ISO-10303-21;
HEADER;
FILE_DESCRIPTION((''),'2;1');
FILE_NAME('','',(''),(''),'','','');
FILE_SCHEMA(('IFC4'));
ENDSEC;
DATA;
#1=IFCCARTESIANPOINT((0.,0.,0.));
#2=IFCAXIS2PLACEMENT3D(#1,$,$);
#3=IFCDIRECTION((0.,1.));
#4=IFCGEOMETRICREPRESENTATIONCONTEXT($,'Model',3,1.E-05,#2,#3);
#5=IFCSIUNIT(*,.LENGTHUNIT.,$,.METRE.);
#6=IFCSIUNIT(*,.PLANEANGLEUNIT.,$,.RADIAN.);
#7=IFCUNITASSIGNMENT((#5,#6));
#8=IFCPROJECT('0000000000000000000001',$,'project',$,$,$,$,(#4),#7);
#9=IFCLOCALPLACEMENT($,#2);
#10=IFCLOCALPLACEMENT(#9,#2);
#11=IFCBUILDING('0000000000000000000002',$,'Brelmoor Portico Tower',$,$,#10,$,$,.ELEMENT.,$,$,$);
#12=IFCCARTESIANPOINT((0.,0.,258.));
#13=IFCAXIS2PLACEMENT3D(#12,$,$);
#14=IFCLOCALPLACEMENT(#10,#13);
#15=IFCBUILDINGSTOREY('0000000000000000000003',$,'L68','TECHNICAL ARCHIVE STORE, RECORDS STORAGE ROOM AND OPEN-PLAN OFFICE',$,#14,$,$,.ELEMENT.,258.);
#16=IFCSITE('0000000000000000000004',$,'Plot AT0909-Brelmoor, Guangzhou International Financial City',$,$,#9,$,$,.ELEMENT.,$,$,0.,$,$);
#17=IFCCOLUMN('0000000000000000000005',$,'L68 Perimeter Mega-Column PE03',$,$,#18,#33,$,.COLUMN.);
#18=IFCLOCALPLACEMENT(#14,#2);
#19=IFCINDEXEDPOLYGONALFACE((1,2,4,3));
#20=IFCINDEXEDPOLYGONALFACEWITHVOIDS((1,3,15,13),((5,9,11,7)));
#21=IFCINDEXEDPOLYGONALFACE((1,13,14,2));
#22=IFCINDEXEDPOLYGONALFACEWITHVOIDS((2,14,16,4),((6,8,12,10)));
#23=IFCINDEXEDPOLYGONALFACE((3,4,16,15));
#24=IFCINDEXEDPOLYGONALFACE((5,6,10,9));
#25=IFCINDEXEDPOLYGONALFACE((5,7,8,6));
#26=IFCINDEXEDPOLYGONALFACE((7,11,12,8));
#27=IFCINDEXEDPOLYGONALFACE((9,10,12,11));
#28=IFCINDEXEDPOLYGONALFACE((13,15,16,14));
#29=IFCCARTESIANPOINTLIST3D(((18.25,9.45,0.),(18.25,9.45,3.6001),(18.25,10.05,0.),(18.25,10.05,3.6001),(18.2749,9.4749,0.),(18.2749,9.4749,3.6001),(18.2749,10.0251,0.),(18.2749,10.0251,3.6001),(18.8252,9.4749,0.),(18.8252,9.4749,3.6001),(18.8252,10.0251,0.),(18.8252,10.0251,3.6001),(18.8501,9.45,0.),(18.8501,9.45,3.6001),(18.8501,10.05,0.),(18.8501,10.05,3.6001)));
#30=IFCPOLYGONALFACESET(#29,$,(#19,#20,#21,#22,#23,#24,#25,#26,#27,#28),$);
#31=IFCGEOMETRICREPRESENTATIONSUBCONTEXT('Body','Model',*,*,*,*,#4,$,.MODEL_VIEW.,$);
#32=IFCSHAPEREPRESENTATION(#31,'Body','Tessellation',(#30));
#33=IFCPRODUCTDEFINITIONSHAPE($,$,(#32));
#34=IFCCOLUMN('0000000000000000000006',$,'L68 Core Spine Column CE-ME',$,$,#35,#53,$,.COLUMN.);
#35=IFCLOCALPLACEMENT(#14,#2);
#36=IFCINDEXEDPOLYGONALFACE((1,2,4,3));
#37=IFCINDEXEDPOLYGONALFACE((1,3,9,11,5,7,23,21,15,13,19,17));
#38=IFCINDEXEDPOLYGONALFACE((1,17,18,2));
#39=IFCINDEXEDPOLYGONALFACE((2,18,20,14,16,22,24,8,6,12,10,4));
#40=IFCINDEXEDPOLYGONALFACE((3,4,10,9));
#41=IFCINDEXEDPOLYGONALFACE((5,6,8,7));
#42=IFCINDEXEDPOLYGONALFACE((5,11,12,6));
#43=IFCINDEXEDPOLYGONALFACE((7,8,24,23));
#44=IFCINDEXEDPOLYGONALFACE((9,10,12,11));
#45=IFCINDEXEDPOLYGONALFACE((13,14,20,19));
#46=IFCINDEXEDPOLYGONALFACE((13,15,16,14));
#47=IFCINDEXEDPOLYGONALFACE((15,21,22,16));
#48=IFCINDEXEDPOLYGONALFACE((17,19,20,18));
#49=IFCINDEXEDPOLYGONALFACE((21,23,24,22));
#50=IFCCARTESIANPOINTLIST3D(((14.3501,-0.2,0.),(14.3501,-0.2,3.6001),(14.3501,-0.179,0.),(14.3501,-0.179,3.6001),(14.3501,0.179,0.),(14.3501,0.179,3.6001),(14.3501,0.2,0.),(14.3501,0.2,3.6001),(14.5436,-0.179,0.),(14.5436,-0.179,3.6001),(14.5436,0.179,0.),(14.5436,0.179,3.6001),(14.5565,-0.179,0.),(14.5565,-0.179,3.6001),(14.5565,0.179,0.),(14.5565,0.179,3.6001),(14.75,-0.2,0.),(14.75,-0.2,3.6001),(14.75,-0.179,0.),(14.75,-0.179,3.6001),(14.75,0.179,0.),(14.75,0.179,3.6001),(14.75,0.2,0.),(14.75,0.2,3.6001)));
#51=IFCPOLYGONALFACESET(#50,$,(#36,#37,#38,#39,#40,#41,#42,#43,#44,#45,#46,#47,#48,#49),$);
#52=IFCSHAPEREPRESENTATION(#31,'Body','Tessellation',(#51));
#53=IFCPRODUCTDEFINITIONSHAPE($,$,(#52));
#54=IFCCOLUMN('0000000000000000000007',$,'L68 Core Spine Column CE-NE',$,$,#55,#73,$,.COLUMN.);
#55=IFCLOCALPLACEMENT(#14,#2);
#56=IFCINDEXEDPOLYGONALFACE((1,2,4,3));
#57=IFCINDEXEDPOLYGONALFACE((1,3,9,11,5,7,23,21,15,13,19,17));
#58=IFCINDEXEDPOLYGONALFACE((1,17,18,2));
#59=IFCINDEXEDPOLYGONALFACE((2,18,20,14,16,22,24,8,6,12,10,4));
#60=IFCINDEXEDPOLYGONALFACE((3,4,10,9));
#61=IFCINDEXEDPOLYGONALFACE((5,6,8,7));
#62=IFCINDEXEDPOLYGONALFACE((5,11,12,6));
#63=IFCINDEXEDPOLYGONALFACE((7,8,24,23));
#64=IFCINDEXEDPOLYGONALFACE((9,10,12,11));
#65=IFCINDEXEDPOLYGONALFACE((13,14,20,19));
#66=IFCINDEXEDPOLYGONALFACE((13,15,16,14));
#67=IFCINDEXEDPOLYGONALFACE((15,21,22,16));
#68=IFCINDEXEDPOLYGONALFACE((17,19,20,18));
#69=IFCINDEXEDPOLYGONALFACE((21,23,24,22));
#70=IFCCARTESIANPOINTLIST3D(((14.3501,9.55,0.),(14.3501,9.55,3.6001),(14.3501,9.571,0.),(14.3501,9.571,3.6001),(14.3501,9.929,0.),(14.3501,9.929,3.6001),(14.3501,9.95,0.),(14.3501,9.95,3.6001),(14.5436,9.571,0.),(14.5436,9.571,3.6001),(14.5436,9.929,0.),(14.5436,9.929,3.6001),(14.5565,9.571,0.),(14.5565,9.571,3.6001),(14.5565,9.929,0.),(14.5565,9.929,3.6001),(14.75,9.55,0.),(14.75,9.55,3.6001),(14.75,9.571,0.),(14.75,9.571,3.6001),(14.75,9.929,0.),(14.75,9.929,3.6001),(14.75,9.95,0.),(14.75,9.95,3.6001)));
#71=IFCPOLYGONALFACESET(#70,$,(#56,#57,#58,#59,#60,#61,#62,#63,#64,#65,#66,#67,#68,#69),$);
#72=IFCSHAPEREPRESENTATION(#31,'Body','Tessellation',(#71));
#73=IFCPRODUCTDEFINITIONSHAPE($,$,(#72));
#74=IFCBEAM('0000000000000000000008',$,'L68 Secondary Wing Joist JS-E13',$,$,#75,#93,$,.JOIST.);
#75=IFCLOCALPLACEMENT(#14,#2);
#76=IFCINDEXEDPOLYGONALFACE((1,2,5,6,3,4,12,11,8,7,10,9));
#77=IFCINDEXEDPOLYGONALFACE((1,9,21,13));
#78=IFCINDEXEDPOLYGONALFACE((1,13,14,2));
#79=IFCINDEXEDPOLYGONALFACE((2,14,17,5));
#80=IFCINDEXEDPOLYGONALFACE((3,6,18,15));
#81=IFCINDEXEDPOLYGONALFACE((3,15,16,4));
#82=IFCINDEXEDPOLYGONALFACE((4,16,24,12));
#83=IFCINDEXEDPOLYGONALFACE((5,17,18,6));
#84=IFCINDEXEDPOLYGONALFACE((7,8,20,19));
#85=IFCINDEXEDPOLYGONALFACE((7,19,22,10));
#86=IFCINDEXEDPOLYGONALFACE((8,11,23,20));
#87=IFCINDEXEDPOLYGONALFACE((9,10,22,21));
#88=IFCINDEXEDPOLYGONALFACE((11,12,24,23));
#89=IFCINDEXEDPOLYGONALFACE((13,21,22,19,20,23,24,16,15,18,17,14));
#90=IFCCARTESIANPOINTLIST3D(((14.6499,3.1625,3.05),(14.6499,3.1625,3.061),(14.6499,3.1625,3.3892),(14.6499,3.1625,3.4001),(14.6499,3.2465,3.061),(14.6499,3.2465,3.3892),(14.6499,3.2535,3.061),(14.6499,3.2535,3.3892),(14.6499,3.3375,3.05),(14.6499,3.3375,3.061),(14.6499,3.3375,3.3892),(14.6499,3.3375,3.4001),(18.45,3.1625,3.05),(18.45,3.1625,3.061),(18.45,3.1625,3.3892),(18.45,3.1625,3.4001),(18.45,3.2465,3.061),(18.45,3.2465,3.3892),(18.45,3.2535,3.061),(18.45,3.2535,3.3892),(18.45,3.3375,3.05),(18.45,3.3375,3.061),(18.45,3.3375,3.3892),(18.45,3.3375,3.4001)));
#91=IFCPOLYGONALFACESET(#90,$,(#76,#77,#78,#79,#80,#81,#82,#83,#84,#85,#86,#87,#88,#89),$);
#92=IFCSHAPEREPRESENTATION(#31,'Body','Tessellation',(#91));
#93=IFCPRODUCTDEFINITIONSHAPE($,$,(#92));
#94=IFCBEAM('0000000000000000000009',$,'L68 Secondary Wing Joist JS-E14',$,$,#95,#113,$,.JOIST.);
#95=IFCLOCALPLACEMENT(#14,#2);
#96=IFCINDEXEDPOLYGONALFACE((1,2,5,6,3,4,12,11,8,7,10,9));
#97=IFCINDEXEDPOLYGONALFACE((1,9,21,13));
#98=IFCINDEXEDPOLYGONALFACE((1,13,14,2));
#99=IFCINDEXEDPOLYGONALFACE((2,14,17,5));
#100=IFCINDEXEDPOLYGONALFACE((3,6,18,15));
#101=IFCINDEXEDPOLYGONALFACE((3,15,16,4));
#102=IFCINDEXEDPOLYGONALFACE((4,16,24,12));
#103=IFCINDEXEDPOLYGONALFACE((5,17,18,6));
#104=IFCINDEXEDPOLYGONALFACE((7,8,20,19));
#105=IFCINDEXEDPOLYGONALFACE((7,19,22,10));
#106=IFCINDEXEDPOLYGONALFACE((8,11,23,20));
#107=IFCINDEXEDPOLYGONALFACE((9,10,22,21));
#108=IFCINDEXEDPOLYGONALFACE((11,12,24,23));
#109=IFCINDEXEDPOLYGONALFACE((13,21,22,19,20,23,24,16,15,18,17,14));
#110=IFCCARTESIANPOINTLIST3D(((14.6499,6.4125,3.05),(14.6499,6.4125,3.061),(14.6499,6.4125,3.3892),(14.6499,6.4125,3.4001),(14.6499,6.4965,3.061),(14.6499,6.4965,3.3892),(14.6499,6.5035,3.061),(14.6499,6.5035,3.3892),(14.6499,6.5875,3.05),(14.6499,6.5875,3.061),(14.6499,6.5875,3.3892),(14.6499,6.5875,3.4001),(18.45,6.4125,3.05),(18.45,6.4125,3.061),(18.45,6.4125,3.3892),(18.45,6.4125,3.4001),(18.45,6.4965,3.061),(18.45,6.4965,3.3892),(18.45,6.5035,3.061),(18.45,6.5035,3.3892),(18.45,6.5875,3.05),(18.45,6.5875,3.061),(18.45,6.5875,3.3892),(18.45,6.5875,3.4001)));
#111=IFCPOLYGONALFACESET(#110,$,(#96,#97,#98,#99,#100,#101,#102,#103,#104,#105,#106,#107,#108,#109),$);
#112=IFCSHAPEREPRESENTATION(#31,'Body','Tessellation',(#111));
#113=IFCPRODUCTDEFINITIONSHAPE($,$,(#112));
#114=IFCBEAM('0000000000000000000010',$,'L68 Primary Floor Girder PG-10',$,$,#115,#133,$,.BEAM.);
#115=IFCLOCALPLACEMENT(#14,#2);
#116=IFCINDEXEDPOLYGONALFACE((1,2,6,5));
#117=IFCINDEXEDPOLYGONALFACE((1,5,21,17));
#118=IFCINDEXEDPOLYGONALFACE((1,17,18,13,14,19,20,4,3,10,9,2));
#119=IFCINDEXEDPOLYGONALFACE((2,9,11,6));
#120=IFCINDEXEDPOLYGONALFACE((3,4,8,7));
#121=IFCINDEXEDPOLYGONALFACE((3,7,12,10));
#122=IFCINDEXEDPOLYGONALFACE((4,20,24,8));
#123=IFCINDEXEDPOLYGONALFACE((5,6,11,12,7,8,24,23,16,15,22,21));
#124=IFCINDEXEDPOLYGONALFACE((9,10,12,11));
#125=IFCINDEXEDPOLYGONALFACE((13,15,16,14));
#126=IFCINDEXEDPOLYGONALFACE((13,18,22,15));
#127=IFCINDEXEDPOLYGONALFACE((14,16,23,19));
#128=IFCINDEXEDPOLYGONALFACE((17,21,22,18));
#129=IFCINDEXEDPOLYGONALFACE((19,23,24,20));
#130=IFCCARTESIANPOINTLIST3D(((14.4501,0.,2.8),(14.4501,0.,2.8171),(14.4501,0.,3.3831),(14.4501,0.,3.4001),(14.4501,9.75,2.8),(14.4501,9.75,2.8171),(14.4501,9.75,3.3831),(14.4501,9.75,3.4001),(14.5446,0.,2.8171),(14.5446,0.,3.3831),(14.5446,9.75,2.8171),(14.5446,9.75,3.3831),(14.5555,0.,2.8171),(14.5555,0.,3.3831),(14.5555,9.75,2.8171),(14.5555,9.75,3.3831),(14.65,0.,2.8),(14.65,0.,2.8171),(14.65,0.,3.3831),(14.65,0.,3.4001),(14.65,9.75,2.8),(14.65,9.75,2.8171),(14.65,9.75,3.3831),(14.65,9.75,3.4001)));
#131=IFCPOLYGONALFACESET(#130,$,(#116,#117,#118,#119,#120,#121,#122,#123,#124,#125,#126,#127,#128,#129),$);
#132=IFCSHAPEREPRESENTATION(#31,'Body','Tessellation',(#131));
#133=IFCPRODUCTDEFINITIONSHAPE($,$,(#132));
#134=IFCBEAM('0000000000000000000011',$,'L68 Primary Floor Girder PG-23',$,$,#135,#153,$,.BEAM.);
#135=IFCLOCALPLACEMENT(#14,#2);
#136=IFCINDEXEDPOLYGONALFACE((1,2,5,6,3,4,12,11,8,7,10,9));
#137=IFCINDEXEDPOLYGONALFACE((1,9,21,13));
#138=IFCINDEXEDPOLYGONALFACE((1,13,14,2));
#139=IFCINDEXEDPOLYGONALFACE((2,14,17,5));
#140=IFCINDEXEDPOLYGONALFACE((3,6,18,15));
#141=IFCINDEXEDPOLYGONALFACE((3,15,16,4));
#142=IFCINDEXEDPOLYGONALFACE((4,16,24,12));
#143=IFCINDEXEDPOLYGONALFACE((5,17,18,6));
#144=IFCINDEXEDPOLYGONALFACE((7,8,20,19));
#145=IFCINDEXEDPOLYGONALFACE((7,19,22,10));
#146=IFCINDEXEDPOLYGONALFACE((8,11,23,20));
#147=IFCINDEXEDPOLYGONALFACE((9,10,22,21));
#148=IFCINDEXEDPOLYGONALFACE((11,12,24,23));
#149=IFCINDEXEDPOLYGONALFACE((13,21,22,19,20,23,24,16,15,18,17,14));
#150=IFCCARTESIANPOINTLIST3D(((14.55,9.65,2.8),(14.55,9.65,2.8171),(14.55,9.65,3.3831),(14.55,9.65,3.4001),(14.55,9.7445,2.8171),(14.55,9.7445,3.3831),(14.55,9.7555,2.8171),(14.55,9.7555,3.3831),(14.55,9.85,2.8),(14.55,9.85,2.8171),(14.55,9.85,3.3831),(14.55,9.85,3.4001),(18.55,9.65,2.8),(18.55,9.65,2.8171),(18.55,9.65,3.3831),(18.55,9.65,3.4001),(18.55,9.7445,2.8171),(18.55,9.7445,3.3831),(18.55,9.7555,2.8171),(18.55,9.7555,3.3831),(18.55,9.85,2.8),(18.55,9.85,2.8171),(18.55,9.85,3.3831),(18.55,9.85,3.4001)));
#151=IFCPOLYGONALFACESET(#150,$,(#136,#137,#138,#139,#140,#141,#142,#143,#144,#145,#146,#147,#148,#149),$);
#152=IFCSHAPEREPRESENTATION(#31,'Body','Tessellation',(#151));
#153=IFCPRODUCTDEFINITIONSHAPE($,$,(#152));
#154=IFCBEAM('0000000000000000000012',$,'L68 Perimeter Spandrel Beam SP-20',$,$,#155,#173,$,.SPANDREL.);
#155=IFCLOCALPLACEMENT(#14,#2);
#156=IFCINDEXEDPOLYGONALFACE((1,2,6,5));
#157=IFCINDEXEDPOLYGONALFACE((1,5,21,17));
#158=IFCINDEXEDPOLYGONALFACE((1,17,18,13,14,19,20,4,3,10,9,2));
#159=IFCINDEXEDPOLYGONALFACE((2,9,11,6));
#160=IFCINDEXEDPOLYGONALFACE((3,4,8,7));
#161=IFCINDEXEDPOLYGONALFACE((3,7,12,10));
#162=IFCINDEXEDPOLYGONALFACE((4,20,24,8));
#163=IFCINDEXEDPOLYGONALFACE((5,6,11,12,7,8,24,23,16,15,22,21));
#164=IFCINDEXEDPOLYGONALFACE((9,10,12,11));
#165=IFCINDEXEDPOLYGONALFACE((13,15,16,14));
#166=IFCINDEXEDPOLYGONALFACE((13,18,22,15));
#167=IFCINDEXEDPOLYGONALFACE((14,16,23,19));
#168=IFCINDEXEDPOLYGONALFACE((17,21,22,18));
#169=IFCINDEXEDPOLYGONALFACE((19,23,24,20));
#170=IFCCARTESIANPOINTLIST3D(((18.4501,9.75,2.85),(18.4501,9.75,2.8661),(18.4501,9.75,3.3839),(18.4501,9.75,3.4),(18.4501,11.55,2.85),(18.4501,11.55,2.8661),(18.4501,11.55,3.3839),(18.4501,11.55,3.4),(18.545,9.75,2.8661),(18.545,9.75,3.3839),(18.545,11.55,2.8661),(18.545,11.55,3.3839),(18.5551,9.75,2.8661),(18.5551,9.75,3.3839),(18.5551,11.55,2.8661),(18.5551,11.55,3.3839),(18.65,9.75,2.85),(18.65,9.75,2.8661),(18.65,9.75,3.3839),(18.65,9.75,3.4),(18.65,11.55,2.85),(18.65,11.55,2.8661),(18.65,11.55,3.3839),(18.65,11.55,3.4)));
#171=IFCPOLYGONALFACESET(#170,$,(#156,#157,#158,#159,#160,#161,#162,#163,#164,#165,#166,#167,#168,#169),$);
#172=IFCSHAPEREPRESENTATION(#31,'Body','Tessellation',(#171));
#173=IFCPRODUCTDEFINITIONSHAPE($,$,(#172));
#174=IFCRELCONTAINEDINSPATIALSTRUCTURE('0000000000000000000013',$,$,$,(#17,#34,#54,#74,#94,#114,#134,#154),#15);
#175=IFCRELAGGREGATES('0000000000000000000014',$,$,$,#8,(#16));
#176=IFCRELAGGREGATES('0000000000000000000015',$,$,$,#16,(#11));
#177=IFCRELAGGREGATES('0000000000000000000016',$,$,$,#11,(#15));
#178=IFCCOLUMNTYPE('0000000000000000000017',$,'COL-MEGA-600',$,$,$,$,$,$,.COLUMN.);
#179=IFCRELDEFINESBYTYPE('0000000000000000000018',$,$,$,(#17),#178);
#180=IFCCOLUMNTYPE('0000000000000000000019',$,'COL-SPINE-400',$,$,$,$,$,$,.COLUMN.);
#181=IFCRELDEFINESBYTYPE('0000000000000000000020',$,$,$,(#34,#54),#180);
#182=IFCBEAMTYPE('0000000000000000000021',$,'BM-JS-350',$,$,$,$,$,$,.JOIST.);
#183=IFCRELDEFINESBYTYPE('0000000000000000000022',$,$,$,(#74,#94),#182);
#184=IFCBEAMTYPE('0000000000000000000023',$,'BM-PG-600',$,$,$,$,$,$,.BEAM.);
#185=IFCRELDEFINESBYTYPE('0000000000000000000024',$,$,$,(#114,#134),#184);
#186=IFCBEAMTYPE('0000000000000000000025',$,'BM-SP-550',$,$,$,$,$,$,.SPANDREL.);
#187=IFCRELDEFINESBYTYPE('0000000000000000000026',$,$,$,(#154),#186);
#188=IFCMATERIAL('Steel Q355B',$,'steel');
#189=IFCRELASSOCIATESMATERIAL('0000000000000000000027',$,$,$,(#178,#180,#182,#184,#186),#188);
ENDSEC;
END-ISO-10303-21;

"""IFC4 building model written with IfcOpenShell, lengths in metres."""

from ifc_helpers import new_model, si_unit, direction, frame, origin, origin_2d, place, context, subcontext, project, spatial, hollow_rectangle, i_section, extrude, material, material_profile, profile_set, type_object, element, save


model = new_model("IFC4")

# Units and contexts
model_context = context("Model", 3, precision=1e-05, world=origin(), true_north=direction((0.0, 1.0)))
body_context = subcontext(model_context, "Body", "Model", "MODEL_VIEW")
ifc_project = project(units=[si_unit("LENGTHUNIT", "METRE"), si_unit("PLANEANGLEUNIT", "RADIAN")], contexts=[model_context])

# Site, building, storey
site_placement = place(None, origin())
site = spatial("IfcSite", under=ifc_project, at=site_placement, Name="Plot AT0909-Brelmoor, Guangzhou International Financial City", CompositionType="ELEMENT", RefElevation=0.0)
building_placement = place(site_placement, origin())
building = spatial("IfcBuilding", under=site, at=building_placement, Name="Brelmoor Portico Tower", CompositionType="ELEMENT")
storey_placement = place(building_placement, frame((0.0, 0.0, 258.0)))
storey = spatial("IfcBuildingStorey", under=building, at=storey_placement, Name="L68", Description="TECHNICAL ARCHIVE STORE, RECORDS STORAGE ROOM AND OPEN-PLAN OFFICE", CompositionType="ELEMENT", Elevation=258.0)

# Columns
ifc_material_1 = material(Name="Steel Q355B", Category="steel")
ifc_material_profile_1 = material_profile(ifc_material_1, hollow_rectangle(XDim=0.6001, YDim=0.6001, WallThickness=0.0249, at=origin_2d()), Name="BOX 600x600x25")
ifc_profile_set_1 = profile_set([ifc_material_profile_1], Name="Steel Q355B")
column_type_1 = type_object("IfcColumnType", Name="COL-MEGA-600", PredefinedType="COLUMN", material=ifc_profile_set_1)
column_placement = place(storey_placement, frame((18.55, 9.75, 0.0), z_axis=(0.0, 0.0, 1.0), x_axis=(0.0, 1.0, 0.0)))
element("IfcColumn", 1, at=column_placement, inside=storey, type_object=column_type_1, Name="L68 Perimeter Mega-Column PE03", PredefinedType="COLUMN", context=body_context, shape_type="SweptSolid", body=[
    extrude(hollow_rectangle(XDim=0.6001, YDim=0.6001, WallThickness=0.0249, at=origin_2d()), origin(), (0.0, 0.0, 1.0), 3.6001),
])
ifc_material_profile_2 = material_profile(ifc_material_1, i_section(OverallWidth=0.3999, OverallDepth=0.3999, WebThickness=0.0129, FlangeThickness=0.021, at=origin_2d()), Name="HW 400x400x13x21")
ifc_profile_set_2 = profile_set([ifc_material_profile_2], Name="Steel Q355B")
column_type_2 = type_object("IfcColumnType", Name="COL-SPINE-400", PredefinedType="COLUMN", material=ifc_profile_set_2)
for number, where, z_axis, x_axis, name in (
    (2, (14.55, 0.0, 0.0), (0.0, 0.0, 1.0), (1.0, 0.0, 0.0), "L68 Core Spine Column CE-ME"),
    (3, (14.55, 9.75, 0.0), (0.0, 0.0, 1.0), (1.0, 0.0, 0.0), "L68 Core Spine Column CE-NE"),
):
    element("IfcColumn", number, at=place(storey_placement, frame(where, z_axis=z_axis, x_axis=x_axis)), inside=storey, type_object=column_type_2, Name=name, PredefinedType="COLUMN", context=body_context, shape_type="SweptSolid", body=[
        extrude(i_section(OverallWidth=0.3999, OverallDepth=0.3999, WebThickness=0.0129, FlangeThickness=0.021, at=origin_2d()), origin(), (0.0, 0.0, 1.0), 3.6001),
    ])

# Beams
ifc_material_profile_3 = material_profile(ifc_material_1, i_section(OverallWidth=0.175, OverallDepth=0.3501, WebThickness=0.0071, FlangeThickness=0.011, at=origin_2d()), Name="HN 350x175x7x11")
ifc_profile_set_3 = profile_set([ifc_material_profile_3], Name="Steel Q355B")
beam_type_1 = type_object("IfcBeamType", Name="BM-JS-350", PredefinedType="JOIST", material=ifc_profile_set_3)
for number, where, z_axis, x_axis, name in (
    (4, (14.6499, 3.25, 3.2251), (1.0, 0.0, 0.0), (0.0, 1.0, 0.0), "L68 Secondary Wing Joist JS-E13"),
    (5, (14.6499, 6.5, 3.2251), (1.0, 0.0, 0.0), (0.0, 1.0, 0.0), "L68 Secondary Wing Joist JS-E14"),
):
    element("IfcBeam", number, at=place(storey_placement, frame(where, z_axis=z_axis, x_axis=x_axis)), inside=storey, type_object=beam_type_1, Name=name, PredefinedType="JOIST", context=body_context, shape_type="SweptSolid", body=[
        extrude(i_section(OverallWidth=0.175, OverallDepth=0.3501, WebThickness=0.0071, FlangeThickness=0.011, at=origin_2d()), origin(), (0.0, 0.0, 1.0), 3.8),
    ])
ifc_material_profile_4 = material_profile(ifc_material_1, i_section(OverallWidth=0.2, OverallDepth=0.6001, WebThickness=0.011, FlangeThickness=0.0171, at=origin_2d()), Name="HN 600x200x11x17")
ifc_profile_set_4 = profile_set([ifc_material_profile_4], Name="Steel Q355B")
beam_type_2 = type_object("IfcBeamType", Name="BM-PG-600", PredefinedType="BEAM", material=ifc_profile_set_4)
beam_1_placement = place(storey_placement, frame((14.55, 0.0, 3.1001), z_axis=(0.0, 1.0, 0.0), x_axis=(-1.0, 0.0, 0.0)))
element("IfcBeam", 6, at=beam_1_placement, inside=storey, type_object=beam_type_2, Name="L68 Primary Floor Girder PG-10", PredefinedType="BEAM", context=body_context, shape_type="SweptSolid", body=[
    extrude(i_section(OverallWidth=0.2, OverallDepth=0.6001, WebThickness=0.011, FlangeThickness=0.0171, at=origin_2d()), origin(), (0.0, 0.0, 1.0), 9.75),
])
beam_2_placement = place(storey_placement, frame((14.55, 9.75, 3.1001), z_axis=(1.0, 0.0, 0.0), x_axis=(0.0, 1.0, 0.0)))
element("IfcBeam", 7, at=beam_2_placement, inside=storey, type_object=beam_type_2, Name="L68 Primary Floor Girder PG-23", PredefinedType="BEAM", context=body_context, shape_type="SweptSolid", body=[
    extrude(i_section(OverallWidth=0.2, OverallDepth=0.6001, WebThickness=0.011, FlangeThickness=0.0171, at=origin_2d()), origin(), (0.0, 0.0, 1.0), 4.0),
])
ifc_material_profile_5 = material_profile(ifc_material_1, i_section(OverallWidth=0.2, OverallDepth=0.55, WebThickness=0.01, FlangeThickness=0.0161, at=origin_2d()), Name="HN 550x200x10x16")
ifc_profile_set_5 = profile_set([ifc_material_profile_5], Name="Steel Q355B")
beam_type_3 = type_object("IfcBeamType", Name="BM-SP-550", PredefinedType="SPANDREL", material=ifc_profile_set_5)
beam_3_placement = place(storey_placement, frame((18.55, 9.75, 3.125), z_axis=(0.0, 1.0, 0.0), x_axis=(-1.0, 0.0, 0.0)))
element("IfcBeam", 8, at=beam_3_placement, inside=storey, type_object=beam_type_3, Name="L68 Perimeter Spandrel Beam SP-20", PredefinedType="SPANDREL", context=body_context, shape_type="SweptSolid", body=[
    extrude(i_section(OverallWidth=0.2, OverallDepth=0.55, WebThickness=0.01, FlangeThickness=0.0161, at=origin_2d()), origin(), (0.0, 0.0, 1.0), 1.8),
])

save(model, "model.ifc")
